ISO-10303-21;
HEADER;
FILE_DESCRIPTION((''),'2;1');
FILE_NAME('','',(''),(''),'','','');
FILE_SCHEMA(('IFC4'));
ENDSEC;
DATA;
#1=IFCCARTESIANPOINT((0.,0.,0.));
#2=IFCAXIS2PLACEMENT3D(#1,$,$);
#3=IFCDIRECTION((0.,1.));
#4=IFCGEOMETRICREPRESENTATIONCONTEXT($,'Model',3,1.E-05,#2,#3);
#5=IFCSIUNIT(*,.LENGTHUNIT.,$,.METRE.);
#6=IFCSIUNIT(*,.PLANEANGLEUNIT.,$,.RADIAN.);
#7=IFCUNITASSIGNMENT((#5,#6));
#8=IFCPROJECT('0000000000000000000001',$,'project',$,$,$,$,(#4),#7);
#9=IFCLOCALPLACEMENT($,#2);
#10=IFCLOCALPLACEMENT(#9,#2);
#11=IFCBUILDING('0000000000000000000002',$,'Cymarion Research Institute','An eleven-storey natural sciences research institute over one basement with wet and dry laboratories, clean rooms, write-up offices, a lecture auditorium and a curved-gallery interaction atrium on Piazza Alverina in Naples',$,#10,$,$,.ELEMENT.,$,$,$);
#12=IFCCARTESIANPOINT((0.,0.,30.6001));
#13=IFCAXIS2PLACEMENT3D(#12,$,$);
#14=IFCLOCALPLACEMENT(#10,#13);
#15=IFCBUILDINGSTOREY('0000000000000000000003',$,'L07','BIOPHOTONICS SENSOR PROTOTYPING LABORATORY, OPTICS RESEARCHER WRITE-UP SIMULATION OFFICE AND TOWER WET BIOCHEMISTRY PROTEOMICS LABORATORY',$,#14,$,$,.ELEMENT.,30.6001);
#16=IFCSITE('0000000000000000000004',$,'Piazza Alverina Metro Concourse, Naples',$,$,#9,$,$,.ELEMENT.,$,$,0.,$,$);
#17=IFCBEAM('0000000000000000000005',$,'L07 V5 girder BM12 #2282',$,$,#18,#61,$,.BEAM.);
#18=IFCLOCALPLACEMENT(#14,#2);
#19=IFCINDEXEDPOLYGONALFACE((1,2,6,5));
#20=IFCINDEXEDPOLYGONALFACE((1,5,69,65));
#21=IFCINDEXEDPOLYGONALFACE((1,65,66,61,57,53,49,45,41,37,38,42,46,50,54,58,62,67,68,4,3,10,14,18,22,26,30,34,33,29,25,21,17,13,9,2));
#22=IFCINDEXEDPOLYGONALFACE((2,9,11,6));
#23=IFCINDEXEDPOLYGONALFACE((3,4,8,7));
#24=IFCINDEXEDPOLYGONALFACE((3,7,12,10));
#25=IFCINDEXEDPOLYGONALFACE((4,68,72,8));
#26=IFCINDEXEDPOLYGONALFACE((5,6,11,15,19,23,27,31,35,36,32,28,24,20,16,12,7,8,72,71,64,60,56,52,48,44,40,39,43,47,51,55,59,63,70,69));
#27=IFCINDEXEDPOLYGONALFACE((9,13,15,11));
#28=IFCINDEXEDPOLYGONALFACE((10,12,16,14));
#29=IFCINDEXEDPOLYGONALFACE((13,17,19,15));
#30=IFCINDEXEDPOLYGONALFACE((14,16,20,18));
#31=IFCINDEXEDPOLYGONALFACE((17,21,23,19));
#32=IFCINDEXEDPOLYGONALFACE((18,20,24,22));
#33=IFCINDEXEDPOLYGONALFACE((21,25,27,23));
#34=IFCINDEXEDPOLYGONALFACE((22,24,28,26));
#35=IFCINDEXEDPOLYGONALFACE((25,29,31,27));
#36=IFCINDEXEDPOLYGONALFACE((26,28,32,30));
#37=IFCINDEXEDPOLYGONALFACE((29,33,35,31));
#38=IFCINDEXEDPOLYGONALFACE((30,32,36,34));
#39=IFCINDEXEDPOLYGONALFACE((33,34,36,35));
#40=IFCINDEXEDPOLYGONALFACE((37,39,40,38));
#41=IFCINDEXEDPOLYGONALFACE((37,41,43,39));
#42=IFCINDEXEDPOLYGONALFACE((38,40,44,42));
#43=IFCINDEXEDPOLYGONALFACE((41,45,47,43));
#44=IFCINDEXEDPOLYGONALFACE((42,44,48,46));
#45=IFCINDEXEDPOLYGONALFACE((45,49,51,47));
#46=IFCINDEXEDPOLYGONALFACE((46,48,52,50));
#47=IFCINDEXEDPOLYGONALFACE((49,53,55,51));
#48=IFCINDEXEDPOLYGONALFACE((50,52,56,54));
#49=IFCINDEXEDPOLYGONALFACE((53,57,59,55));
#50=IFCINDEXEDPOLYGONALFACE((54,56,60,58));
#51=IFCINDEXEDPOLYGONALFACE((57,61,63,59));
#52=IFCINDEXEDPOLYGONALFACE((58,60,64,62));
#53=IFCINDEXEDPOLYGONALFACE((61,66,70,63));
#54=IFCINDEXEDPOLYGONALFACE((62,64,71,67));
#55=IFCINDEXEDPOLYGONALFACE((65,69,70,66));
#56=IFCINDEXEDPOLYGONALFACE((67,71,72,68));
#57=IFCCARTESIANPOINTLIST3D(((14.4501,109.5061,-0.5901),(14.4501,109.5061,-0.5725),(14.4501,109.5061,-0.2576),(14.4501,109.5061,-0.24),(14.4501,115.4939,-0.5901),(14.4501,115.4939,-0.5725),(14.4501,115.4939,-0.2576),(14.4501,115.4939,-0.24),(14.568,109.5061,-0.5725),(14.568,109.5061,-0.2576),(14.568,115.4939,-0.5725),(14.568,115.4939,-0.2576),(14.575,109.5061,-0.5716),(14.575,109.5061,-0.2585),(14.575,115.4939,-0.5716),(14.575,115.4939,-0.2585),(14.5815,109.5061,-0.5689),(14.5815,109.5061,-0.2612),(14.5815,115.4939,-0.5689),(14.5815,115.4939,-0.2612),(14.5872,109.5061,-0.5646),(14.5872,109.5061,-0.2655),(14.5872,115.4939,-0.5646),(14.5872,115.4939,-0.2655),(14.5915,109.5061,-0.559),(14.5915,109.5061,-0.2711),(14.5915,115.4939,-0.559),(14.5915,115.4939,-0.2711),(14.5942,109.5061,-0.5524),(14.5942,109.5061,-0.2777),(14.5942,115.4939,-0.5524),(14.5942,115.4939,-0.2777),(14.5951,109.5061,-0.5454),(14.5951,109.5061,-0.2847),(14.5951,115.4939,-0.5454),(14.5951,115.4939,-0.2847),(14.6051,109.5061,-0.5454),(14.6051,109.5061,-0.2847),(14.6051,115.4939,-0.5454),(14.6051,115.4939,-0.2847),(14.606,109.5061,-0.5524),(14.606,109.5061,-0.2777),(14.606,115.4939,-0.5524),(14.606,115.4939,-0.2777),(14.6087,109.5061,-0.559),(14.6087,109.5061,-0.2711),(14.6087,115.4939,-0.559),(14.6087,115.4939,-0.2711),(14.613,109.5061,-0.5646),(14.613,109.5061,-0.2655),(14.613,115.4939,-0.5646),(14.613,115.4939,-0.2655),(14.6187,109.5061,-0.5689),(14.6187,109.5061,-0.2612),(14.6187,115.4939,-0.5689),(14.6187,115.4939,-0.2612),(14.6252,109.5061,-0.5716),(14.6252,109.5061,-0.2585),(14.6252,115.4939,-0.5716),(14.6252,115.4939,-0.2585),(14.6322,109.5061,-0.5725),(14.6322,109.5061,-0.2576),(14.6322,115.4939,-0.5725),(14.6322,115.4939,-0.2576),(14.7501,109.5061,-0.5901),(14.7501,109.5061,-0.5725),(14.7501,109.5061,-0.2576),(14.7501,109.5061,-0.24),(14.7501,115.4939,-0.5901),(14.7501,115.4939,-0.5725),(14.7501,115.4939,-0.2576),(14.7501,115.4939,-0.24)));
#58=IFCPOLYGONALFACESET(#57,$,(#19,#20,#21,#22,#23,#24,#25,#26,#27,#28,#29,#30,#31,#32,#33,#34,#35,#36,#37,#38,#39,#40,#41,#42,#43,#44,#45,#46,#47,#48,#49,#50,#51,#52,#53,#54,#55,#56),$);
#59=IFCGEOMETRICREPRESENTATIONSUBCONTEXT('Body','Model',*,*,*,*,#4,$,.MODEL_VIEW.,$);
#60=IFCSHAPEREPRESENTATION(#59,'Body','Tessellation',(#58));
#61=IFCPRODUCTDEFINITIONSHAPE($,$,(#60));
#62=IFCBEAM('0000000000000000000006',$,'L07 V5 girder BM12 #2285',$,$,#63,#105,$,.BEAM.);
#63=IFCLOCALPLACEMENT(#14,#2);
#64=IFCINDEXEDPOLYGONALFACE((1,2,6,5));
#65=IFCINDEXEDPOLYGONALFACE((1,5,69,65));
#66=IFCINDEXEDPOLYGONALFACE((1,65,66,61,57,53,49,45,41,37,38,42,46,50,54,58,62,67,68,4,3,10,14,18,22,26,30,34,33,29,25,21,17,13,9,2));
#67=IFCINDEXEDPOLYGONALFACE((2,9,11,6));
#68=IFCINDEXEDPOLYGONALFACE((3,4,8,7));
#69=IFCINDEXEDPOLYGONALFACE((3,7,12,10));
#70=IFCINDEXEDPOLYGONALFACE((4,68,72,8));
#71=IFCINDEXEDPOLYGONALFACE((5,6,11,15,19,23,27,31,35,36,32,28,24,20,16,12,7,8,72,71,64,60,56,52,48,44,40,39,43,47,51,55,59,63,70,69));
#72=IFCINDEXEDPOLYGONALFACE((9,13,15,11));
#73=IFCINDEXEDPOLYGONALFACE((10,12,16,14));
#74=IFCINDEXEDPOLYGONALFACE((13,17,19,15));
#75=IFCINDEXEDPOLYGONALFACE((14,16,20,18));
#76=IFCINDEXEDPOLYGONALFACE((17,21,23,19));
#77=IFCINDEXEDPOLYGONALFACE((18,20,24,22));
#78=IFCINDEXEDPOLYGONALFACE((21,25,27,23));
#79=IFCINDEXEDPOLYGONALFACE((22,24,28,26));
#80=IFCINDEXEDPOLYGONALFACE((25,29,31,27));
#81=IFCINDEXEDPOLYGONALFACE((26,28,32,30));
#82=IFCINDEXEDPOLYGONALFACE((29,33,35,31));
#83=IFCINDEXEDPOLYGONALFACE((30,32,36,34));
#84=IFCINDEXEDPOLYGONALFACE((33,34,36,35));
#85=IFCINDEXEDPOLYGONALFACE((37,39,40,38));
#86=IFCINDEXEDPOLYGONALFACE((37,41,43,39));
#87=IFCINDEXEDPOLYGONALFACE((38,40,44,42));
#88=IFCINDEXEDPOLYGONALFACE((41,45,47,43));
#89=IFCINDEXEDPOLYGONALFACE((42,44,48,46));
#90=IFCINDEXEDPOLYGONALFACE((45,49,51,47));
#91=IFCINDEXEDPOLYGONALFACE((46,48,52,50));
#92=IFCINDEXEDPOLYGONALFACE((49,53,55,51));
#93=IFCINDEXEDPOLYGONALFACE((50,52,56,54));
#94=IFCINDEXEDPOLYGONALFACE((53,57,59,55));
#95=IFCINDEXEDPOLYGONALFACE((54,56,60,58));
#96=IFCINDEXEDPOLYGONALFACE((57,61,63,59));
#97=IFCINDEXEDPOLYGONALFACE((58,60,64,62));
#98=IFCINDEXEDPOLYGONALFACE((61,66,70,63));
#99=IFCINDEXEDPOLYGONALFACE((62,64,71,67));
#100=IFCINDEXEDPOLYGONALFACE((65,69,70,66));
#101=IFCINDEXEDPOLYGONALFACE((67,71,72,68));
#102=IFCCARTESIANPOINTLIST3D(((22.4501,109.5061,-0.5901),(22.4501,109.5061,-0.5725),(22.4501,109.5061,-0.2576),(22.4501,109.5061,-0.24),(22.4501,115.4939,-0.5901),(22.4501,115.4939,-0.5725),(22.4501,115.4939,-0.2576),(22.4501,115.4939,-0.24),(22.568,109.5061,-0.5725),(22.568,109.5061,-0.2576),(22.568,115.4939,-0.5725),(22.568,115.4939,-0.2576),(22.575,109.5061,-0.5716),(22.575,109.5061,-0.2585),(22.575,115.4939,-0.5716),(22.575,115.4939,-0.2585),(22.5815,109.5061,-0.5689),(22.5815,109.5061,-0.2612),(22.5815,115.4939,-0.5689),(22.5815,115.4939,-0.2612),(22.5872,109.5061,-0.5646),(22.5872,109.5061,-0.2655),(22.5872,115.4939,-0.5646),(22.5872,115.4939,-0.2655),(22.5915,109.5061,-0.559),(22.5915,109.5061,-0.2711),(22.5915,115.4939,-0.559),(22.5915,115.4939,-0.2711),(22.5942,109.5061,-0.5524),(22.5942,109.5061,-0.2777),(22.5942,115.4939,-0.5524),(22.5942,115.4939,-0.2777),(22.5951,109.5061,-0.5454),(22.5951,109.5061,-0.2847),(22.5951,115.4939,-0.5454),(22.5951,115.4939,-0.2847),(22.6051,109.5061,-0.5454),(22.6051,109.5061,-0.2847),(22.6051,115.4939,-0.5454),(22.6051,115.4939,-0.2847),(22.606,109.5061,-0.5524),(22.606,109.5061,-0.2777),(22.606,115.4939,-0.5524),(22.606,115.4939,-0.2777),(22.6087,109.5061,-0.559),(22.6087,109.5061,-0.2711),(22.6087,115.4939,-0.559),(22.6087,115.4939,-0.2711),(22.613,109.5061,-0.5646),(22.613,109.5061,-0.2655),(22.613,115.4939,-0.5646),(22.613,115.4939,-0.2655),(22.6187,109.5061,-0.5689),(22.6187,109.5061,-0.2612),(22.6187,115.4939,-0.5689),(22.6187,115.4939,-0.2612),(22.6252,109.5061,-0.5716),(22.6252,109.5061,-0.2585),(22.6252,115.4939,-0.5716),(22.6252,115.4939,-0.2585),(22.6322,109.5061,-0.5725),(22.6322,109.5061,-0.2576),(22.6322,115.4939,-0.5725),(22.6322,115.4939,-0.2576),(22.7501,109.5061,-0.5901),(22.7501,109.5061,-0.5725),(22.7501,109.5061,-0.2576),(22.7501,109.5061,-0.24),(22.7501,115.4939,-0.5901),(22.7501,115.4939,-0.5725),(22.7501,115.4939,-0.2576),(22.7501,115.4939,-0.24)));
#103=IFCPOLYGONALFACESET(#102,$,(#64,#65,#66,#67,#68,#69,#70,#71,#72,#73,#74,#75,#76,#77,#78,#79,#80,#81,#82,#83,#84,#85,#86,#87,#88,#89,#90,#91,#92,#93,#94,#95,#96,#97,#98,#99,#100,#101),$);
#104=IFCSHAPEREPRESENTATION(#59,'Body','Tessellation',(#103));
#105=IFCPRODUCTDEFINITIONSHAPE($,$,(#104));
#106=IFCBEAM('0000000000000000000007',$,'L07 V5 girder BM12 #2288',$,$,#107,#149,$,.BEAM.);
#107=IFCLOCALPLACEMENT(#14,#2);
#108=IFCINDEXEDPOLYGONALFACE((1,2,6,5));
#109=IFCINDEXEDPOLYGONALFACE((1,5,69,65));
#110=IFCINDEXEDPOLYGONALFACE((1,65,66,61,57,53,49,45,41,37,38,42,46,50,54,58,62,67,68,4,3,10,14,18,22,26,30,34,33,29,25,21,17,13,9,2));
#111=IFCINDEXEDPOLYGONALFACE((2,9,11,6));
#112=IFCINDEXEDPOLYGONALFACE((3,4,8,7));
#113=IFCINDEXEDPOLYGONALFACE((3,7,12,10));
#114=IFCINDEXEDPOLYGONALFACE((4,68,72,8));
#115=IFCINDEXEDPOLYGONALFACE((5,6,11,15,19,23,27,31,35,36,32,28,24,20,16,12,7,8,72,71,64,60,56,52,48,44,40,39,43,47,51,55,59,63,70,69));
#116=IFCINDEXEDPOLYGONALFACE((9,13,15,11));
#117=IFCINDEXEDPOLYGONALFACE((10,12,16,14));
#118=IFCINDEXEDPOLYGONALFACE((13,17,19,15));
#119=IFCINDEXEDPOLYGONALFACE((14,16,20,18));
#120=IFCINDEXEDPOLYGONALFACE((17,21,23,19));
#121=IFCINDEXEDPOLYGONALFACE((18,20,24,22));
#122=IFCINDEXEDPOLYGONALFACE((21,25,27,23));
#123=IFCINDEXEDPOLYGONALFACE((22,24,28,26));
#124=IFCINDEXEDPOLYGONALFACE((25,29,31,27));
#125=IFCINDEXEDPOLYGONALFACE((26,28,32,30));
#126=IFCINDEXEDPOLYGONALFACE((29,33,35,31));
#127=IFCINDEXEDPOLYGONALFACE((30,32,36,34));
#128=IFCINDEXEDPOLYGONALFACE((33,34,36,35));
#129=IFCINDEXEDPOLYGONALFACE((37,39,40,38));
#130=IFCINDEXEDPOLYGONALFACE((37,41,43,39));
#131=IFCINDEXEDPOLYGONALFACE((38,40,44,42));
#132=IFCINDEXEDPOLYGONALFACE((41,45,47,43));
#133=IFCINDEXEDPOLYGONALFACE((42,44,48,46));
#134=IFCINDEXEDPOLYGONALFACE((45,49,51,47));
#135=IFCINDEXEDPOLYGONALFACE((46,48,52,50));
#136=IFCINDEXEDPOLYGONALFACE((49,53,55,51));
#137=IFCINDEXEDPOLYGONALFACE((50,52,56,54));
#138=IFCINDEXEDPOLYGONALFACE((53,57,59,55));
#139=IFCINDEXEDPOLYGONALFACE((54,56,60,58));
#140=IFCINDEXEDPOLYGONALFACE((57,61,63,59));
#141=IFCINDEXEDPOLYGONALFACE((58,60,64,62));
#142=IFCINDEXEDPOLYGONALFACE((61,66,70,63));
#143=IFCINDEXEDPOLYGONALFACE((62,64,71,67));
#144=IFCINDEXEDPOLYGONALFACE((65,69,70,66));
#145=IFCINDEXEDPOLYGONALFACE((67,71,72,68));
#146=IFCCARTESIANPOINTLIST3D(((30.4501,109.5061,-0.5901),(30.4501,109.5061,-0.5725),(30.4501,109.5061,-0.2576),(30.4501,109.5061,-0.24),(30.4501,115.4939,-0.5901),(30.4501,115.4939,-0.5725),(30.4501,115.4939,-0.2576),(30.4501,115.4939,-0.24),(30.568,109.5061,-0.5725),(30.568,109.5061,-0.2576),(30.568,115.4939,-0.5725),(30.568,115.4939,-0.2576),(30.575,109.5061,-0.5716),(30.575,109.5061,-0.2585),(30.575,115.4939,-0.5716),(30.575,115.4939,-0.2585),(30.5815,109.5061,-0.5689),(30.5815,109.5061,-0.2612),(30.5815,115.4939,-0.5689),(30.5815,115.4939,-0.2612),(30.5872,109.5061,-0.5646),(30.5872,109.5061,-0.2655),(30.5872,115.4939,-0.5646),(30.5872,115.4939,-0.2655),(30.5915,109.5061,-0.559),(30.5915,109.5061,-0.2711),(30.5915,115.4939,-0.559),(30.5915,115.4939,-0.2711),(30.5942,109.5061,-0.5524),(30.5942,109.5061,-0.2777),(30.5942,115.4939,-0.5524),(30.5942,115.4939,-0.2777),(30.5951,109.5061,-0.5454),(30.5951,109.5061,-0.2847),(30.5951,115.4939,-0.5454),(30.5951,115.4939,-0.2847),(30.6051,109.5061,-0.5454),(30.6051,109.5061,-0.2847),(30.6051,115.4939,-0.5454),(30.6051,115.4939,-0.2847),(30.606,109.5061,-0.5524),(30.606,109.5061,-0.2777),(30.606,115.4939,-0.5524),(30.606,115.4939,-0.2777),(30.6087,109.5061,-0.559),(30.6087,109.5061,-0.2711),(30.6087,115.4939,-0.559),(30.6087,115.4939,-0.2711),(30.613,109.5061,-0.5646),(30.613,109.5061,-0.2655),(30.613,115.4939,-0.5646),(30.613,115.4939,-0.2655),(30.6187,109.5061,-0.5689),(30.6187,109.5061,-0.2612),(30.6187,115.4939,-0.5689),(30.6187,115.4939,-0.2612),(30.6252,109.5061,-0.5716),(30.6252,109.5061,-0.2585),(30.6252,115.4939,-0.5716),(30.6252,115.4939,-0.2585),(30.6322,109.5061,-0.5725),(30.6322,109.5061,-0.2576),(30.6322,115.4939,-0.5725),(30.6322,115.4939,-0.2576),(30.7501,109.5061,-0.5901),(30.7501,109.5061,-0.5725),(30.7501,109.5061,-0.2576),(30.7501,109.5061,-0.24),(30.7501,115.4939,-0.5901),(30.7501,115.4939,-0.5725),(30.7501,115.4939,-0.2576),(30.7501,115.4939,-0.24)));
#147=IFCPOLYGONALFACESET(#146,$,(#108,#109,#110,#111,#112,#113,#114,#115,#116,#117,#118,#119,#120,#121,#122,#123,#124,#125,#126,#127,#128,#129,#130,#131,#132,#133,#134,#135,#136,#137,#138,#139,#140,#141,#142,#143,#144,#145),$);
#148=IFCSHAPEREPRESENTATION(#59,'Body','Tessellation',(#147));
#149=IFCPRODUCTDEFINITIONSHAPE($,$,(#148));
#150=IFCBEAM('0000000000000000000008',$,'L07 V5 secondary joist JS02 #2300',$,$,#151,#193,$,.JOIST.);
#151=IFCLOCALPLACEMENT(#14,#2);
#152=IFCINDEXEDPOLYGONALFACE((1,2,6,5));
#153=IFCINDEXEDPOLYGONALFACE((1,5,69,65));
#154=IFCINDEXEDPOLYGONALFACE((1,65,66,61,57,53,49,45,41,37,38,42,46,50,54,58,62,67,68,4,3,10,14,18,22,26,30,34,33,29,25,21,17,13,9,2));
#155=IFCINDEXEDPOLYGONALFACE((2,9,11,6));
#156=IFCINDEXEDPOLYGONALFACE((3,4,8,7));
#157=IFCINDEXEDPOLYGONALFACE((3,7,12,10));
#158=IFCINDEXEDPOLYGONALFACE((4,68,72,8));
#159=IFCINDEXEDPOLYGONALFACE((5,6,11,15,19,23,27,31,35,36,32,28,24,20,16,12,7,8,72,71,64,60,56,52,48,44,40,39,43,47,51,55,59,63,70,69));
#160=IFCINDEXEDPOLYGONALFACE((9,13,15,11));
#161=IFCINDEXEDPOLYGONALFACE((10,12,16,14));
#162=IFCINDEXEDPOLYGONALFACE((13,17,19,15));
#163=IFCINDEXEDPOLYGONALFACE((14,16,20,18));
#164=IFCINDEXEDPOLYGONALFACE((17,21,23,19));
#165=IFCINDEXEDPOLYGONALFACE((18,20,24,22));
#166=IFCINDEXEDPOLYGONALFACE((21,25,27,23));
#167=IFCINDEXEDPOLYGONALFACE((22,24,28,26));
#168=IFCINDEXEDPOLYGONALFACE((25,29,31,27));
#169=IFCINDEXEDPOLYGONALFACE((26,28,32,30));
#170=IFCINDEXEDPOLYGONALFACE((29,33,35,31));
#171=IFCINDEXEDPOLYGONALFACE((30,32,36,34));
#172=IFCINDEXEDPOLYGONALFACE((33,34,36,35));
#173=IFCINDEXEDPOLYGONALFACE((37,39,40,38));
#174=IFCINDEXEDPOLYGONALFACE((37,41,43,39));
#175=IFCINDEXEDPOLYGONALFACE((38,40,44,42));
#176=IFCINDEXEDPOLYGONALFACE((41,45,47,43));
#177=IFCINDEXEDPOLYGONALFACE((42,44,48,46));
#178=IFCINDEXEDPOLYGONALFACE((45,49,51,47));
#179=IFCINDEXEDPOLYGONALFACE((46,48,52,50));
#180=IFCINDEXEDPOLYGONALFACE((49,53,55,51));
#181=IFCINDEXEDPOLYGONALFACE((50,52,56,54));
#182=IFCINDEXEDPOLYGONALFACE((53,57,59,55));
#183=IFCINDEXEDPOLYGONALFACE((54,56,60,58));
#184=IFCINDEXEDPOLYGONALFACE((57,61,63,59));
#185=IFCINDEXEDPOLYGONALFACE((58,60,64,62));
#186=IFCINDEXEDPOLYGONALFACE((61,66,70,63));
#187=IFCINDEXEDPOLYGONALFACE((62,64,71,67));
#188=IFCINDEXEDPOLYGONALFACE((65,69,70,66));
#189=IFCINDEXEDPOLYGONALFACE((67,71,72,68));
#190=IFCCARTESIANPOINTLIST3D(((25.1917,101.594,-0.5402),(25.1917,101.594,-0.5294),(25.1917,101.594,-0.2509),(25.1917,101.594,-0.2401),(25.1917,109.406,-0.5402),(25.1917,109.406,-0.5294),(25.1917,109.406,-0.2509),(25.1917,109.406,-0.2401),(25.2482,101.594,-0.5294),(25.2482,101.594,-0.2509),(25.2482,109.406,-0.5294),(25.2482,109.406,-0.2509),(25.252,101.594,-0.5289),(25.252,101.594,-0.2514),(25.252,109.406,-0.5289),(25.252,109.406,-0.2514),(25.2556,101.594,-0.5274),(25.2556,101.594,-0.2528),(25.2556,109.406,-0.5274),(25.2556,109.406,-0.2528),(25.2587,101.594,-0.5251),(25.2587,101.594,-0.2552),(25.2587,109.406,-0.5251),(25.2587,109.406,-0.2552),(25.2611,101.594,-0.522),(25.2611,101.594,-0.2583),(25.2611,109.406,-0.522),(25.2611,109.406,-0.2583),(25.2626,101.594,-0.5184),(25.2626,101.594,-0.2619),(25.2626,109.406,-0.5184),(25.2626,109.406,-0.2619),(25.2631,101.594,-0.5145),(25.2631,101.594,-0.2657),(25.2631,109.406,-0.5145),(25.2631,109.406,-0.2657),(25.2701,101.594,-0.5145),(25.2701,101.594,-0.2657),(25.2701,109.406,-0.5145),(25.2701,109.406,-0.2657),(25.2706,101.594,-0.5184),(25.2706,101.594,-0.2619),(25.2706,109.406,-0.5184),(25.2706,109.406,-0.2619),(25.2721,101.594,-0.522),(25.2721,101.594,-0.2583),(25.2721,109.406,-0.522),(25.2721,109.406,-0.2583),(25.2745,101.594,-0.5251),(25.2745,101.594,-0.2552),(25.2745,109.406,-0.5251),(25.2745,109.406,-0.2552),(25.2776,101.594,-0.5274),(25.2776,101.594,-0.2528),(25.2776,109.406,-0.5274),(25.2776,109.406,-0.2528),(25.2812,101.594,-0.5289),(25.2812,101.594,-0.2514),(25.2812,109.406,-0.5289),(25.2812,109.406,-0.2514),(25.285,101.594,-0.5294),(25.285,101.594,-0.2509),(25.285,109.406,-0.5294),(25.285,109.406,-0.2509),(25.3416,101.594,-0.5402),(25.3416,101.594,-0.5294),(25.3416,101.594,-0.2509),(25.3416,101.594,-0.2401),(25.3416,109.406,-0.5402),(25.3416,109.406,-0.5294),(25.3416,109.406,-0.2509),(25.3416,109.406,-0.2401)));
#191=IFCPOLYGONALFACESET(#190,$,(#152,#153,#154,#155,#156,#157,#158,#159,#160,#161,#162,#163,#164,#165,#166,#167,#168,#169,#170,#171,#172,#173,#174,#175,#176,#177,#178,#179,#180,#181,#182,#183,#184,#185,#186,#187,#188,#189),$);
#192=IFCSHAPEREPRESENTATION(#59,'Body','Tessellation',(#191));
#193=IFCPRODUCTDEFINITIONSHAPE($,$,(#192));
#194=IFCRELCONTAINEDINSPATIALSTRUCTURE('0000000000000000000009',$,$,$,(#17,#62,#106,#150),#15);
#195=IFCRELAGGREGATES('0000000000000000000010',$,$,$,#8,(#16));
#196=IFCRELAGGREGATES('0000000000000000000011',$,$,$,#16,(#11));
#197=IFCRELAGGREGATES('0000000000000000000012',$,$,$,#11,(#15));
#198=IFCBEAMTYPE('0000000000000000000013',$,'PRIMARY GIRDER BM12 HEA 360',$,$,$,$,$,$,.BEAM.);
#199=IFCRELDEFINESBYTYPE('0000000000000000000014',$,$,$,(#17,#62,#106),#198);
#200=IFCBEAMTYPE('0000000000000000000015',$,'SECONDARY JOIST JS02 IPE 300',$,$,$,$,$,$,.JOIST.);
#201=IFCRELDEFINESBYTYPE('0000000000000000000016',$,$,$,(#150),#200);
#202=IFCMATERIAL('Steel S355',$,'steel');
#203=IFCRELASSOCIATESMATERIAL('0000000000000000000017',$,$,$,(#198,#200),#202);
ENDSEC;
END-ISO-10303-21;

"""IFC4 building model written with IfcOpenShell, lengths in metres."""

from ifc_helpers import new_model, si_unit, direction, frame, origin, origin_2d, place, context, subcontext, project, spatial, i_section, extrude, material, material_profile, profile_set, type_object, element, save


model = new_model("IFC4")

# Units and contexts
model_context = context("Model", 3, precision=1e-05, world=origin(), true_north=direction((0.0, 1.0)))
body_context = subcontext(model_context, "Body", "Model", "MODEL_VIEW")
ifc_project = project(units=[si_unit("LENGTHUNIT", "METRE"), si_unit("PLANEANGLEUNIT", "RADIAN")], contexts=[model_context])

# Site, building, storey
site_placement = place(None, origin())
site = spatial("IfcSite", under=ifc_project, at=site_placement, Name="Piazza Alverina Metro Concourse, Naples", CompositionType="ELEMENT", RefElevation=0.0)
building_placement = place(site_placement, origin())
building = spatial("IfcBuilding", under=site, at=building_placement, Name="Cymarion Research Institute", Description="An eleven-storey natural sciences research institute over one basement with wet and dry laboratories, clean rooms, write-up offices, a lecture auditorium and a curved-gallery interaction atrium on Piazza Alverina in Naples", CompositionType="ELEMENT")
storey_placement = place(building_placement, frame((0.0, 0.0, 30.6001)))
storey = spatial("IfcBuildingStorey", under=building, at=storey_placement, Name="L07", Description="BIOPHOTONICS SENSOR PROTOTYPING LABORATORY, OPTICS RESEARCHER WRITE-UP SIMULATION OFFICE AND TOWER WET BIOCHEMISTRY PROTEOMICS LABORATORY", CompositionType="ELEMENT", Elevation=30.6001)

# Beams
ifc_material_1 = material(Name="Steel S355", Category="steel")
ifc_material_profile_1 = material_profile(ifc_material_1, i_section(OverallWidth=0.3, OverallDepth=0.3501, WebThickness=0.01, FlangeThickness=0.0176, FilletRadius=0.0271, at=origin_2d()), Name="HEA 360")
ifc_profile_set_1 = profile_set([ifc_material_profile_1], Name="Steel S355")
beam_type_1 = type_object("IfcBeamType", Name="PRIMARY GIRDER BM12 HEA 360", PredefinedType="BEAM", material=ifc_profile_set_1)
for number, where, z_axis, x_axis, name in (
    (1, (14.6001, 109.5061, -0.415), (0.0, 1.0, 0.0), (-1.0, 0.0, 0.0), "L07 V5 girder BM12 #2282"),
    (2, (22.6001, 109.5061, -0.415), (0.0, 1.0, 0.0), (-1.0, 0.0, 0.0), "L07 V5 girder BM12 #2285"),
    (3, (30.6001, 109.5061, -0.415), (0.0, 1.0, 0.0), (-1.0, 0.0, 0.0), "L07 V5 girder BM12 #2288"),
):
    element("IfcBeam", number, at=place(storey_placement, frame(where, z_axis=z_axis, x_axis=x_axis)), inside=storey, type_object=beam_type_1, Name=name, PredefinedType="BEAM", context=body_context, shape_type="SweptSolid", body=[
        extrude(i_section(OverallWidth=0.3, OverallDepth=0.3501, WebThickness=0.01, FlangeThickness=0.0176, FilletRadius=0.0271, at=origin_2d()), origin(), (0.0, 0.0, 1.0), 5.9878),
    ])
ifc_material_profile_2 = material_profile(ifc_material_1, i_section(OverallWidth=0.1499, OverallDepth=0.3, WebThickness=0.0071, FlangeThickness=0.0107, FilletRadius=0.0149, at=origin_2d()), Name="IPE 300")
ifc_profile_set_2 = profile_set([ifc_material_profile_2], Name="Steel S355")
beam_type_2 = type_object("IfcBeamType", Name="SECONDARY JOIST JS02 IPE 300", PredefinedType="JOIST", material=ifc_profile_set_2)
for number, where, z_axis, x_axis, name in (
    (4, (25.2666, 101.594, -0.3901), (0.0, 1.0, 0.0), (-1.0, 0.0, 0.0), "L07 V5 secondary joist JS02 #2300"),
):
    element("IfcBeam", number, at=place(storey_placement, frame(where, z_axis=z_axis, x_axis=x_axis)), inside=storey, type_object=beam_type_2, Name=name, PredefinedType="JOIST", context=body_context, shape_type="SweptSolid", body=[
        extrude(i_section(OverallWidth=0.1499, OverallDepth=0.3, WebThickness=0.0071, FlangeThickness=0.0107, FilletRadius=0.0149, at=origin_2d()), origin(), (0.0, 0.0, 1.0), 7.812),
    ])

save(model, "model.ifc")
